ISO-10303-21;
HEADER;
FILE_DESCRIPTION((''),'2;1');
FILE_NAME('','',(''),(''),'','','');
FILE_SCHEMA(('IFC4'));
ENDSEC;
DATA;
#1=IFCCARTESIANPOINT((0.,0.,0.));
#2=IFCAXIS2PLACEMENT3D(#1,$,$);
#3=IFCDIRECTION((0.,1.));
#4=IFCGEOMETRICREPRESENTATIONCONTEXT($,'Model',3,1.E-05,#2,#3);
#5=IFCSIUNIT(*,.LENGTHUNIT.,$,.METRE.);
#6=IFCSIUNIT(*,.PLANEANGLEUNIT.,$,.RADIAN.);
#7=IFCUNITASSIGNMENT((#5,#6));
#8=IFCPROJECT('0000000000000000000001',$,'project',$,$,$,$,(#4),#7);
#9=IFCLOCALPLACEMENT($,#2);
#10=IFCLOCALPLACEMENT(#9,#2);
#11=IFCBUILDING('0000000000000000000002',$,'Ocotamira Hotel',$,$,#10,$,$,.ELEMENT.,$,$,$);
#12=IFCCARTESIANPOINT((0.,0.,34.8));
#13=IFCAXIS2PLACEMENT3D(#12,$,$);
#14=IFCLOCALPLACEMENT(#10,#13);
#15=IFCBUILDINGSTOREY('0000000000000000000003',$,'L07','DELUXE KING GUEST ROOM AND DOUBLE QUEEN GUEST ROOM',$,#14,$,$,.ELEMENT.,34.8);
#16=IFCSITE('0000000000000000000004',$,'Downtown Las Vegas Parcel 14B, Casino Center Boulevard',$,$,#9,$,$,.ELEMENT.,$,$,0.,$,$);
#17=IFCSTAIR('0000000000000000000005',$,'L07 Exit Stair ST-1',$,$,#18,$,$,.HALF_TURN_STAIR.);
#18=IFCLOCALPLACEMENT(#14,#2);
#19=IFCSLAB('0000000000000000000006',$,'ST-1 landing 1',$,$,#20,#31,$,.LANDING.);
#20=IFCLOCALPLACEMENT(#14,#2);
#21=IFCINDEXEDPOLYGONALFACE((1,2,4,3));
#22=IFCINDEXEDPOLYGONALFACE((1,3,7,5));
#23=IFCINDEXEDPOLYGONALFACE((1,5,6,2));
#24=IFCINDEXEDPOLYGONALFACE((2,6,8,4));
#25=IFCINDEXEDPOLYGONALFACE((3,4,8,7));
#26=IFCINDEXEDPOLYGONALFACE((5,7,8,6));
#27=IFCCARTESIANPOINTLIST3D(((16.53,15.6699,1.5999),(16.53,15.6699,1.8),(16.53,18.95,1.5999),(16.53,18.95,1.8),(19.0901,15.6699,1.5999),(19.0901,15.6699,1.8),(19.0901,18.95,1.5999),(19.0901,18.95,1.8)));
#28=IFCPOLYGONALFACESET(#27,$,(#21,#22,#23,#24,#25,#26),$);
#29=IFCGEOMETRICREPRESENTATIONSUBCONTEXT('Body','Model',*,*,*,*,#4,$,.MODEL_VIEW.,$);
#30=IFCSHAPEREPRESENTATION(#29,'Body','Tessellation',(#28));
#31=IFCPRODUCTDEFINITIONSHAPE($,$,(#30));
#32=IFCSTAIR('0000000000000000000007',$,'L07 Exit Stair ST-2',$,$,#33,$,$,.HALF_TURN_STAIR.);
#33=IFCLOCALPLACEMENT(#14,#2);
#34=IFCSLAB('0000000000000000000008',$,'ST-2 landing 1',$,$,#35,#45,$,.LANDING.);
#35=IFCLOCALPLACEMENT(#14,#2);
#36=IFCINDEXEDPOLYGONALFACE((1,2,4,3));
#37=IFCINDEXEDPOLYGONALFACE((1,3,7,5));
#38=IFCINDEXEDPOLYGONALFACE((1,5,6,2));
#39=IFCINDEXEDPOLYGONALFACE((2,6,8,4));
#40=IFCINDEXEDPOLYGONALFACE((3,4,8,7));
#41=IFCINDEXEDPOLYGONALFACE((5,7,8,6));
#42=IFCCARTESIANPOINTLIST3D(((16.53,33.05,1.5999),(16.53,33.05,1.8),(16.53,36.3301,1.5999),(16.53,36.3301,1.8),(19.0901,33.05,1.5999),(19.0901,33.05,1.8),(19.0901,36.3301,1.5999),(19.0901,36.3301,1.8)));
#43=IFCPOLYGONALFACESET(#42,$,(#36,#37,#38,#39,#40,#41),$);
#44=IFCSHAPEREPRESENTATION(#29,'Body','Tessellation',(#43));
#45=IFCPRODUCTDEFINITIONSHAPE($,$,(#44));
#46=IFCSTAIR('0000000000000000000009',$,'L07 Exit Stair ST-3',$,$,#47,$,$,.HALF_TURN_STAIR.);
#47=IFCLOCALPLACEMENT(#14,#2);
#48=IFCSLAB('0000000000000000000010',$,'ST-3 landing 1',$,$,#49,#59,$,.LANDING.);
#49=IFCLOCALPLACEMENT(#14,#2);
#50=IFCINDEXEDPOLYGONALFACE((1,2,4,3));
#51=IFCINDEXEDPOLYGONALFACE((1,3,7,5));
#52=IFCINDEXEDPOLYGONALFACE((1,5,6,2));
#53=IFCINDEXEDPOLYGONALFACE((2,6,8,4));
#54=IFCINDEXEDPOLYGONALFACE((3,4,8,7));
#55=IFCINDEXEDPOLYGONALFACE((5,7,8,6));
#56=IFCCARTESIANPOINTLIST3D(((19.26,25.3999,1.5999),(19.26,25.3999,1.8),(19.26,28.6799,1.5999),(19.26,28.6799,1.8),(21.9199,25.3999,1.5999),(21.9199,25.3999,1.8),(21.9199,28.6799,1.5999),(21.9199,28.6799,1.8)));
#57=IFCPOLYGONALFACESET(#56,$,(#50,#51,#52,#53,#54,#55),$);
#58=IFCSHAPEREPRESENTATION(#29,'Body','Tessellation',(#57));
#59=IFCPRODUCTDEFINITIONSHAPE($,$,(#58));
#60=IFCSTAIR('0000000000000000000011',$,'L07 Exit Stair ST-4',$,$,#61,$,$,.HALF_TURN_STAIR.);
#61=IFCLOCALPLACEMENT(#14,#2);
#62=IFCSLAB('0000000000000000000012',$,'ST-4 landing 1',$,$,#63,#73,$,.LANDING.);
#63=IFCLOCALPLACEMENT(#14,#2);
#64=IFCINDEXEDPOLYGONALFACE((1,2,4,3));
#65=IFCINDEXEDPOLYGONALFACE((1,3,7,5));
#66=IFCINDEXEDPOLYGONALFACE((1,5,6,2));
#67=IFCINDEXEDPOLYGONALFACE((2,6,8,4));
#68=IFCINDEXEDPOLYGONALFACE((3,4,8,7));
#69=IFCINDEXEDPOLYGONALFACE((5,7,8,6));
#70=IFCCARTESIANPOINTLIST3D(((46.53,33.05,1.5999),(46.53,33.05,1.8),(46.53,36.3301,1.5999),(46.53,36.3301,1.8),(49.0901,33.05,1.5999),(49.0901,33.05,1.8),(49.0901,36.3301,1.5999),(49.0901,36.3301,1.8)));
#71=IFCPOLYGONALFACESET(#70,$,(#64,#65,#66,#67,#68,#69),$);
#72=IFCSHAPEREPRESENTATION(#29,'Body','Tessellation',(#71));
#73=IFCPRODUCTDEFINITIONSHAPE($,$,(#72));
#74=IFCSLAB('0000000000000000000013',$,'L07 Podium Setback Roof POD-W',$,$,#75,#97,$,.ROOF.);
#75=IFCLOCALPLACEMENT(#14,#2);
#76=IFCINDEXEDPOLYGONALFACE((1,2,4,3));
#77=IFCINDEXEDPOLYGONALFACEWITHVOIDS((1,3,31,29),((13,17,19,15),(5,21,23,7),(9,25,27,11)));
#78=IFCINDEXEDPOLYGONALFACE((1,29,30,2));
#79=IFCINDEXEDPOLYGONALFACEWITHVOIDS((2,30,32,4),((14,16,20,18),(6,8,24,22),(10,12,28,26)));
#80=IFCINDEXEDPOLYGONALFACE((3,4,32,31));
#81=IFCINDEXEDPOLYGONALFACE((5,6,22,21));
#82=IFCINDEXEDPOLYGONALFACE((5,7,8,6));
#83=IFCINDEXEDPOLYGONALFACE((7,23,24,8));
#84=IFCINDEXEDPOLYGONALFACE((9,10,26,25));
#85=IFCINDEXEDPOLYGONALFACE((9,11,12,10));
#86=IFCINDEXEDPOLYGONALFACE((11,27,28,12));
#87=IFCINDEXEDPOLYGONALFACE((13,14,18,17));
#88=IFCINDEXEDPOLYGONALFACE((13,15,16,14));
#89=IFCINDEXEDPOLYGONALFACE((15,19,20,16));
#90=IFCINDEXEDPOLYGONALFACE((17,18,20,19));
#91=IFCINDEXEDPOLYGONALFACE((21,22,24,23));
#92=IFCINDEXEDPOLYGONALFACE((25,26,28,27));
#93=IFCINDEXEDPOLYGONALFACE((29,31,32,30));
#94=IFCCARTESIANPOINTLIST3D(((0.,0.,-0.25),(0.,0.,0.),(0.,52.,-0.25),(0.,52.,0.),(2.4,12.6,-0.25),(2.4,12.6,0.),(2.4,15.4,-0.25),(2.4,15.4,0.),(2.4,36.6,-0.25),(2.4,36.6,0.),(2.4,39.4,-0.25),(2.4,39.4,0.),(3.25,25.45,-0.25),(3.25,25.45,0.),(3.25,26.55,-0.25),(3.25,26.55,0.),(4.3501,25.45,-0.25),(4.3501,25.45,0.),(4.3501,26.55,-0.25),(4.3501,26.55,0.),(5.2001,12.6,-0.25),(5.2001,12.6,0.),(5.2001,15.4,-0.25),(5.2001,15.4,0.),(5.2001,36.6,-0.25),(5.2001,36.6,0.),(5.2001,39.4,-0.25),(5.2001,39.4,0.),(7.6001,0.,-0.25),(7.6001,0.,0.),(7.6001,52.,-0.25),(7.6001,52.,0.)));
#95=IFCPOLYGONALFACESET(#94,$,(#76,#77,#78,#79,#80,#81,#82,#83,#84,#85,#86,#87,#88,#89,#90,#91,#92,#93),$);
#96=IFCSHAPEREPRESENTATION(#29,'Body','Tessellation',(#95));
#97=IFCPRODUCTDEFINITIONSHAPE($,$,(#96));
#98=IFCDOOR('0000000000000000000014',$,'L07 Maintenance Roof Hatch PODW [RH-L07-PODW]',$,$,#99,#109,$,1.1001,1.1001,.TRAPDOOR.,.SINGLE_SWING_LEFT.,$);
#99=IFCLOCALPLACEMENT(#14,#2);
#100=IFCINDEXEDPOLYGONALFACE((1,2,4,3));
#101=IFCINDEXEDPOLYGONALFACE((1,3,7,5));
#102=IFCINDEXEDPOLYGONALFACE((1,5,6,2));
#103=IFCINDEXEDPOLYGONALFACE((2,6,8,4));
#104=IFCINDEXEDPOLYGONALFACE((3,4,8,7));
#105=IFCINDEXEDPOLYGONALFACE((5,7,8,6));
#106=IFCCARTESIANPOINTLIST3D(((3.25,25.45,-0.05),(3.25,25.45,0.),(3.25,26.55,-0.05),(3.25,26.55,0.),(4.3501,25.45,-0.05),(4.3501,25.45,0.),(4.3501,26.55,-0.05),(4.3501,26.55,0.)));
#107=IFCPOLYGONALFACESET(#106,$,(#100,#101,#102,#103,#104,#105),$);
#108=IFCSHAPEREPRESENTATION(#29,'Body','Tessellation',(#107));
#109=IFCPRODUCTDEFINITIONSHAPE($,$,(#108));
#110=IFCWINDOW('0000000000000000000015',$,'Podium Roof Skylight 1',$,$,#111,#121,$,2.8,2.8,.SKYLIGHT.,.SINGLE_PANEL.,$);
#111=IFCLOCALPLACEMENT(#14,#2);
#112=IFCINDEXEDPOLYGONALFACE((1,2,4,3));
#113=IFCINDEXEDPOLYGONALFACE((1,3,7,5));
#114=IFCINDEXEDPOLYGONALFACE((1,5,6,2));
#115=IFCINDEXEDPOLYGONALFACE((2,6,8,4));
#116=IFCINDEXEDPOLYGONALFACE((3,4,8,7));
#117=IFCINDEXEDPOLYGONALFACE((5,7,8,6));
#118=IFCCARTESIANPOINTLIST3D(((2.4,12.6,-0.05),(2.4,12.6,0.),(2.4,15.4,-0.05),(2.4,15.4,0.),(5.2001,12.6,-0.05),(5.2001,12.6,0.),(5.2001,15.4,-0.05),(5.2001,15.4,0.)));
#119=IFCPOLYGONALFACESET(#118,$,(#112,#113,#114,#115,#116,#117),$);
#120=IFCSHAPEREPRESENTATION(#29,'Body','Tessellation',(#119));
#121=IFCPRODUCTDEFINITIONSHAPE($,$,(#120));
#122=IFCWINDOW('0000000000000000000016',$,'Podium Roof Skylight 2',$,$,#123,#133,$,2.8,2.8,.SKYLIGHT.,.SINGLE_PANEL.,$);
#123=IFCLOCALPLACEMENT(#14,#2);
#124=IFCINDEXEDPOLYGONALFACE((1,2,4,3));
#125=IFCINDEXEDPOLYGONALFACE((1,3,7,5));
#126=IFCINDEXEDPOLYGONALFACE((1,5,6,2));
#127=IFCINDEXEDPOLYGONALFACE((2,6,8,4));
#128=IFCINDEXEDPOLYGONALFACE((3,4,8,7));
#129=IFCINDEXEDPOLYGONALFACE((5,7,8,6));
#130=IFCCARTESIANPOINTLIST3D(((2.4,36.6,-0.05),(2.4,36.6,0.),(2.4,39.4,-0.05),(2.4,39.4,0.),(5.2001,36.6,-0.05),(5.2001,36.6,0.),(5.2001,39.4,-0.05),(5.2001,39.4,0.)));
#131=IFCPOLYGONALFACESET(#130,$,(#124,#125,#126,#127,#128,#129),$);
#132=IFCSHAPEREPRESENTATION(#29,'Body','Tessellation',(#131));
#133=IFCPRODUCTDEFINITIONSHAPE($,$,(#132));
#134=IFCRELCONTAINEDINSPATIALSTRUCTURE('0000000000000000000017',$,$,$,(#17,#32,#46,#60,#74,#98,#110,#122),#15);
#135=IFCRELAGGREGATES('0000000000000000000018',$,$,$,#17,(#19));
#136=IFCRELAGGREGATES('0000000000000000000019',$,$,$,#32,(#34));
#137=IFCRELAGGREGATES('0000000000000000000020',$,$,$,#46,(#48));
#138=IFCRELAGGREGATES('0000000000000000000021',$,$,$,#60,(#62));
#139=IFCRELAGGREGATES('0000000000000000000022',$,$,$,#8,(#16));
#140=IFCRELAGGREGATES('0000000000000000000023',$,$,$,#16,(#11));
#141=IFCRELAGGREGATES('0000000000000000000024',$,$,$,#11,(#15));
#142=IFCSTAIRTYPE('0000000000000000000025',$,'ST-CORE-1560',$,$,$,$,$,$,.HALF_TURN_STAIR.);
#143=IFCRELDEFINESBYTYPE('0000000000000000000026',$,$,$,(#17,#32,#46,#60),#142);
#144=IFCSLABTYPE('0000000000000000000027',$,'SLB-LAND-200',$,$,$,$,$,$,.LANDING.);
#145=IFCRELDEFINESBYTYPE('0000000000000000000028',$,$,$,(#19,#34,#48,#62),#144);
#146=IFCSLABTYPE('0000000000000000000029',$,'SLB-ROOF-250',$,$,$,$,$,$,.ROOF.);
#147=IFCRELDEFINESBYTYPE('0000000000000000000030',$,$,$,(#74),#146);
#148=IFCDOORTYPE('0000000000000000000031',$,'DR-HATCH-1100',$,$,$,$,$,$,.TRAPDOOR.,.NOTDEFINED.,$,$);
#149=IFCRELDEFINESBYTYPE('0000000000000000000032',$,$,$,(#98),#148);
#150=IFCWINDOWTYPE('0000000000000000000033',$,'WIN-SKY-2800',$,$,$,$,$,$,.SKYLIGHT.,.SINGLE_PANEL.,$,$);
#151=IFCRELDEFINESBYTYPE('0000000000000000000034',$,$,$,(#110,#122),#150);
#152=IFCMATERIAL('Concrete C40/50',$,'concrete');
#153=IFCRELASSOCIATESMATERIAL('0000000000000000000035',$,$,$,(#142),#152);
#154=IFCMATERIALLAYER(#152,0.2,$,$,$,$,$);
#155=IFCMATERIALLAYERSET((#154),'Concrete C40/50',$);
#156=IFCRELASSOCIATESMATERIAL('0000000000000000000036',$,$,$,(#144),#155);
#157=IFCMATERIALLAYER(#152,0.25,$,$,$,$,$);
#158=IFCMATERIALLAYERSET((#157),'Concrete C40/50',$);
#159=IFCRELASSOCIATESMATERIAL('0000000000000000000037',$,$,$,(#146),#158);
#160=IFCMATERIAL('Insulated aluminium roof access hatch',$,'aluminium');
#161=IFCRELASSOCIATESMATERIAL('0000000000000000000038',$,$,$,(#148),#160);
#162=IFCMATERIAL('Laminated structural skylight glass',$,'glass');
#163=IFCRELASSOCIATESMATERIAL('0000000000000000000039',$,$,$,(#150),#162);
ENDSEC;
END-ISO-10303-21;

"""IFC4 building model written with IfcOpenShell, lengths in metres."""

from ifc_helpers import new_model, si_unit, direction, frame, origin, origin_2d, place, context, subcontext, project, spatial, polyline, rectangle, outline, extrude, material, layer, layer_set, type_object, element, fill, aggregate, save


model = new_model("IFC4")

# Units and contexts
model_context = context("Model", 3, precision=1e-05, world=origin(), true_north=direction((0.0, 1.0)))
body_context = subcontext(model_context, "Body", "Model", "MODEL_VIEW")
ifc_project = project(units=[si_unit("LENGTHUNIT", "METRE"), si_unit("PLANEANGLEUNIT", "RADIAN")], contexts=[model_context])

# Site, building, storey
site_placement = place(None, origin())
site = spatial("IfcSite", under=ifc_project, at=site_placement, Name="Downtown Las Vegas Parcel 14B, Casino Center Boulevard", CompositionType="ELEMENT", RefElevation=0.0)
building_placement = place(site_placement, origin())
building = spatial("IfcBuilding", under=site, at=building_placement, Name="Ocotamira Hotel", CompositionType="ELEMENT")
storey_placement = place(building_placement, frame((0.0, 0.0, 34.8)))
storey = spatial("IfcBuildingStorey", under=building, at=storey_placement, Name="L07", Description="DELUXE KING GUEST ROOM AND DOUBLE QUEEN GUEST ROOM", CompositionType="ELEMENT", Elevation=34.8)

# Stairs, slabs
ifc_material_1 = material(Name="Concrete C40/50", Category="concrete")
stair_type = type_object("IfcStairType", Name="ST-CORE-1560", PredefinedType="HALF_TURN_STAIR", material=ifc_material_1)
stair_1_placement = place(storey_placement, origin())
stair_1 = element("IfcStair", 1, at=stair_1_placement, inside=storey, type_object=stair_type, Name="L07 Exit Stair ST-1", PredefinedType="HALF_TURN_STAIR")
ifc_layer_1 = layer(ifc_material_1, 0.2)
ifc_layer_set_1 = layer_set([ifc_layer_1], Name="Concrete C40/50")
slab_type_1 = type_object("IfcSlabType", Name="SLB-LAND-200", PredefinedType="LANDING", material=ifc_layer_set_1)
slab_1_placement = place(storey_placement, frame((0.0, 0.0, 1.5999)))
slab_1 = element("IfcSlab", 2, at=slab_1_placement, type_object=slab_type_1, Name="ST-1 landing 1", PredefinedType="LANDING", context=body_context, shape_type="SweptSolid", body=[
    extrude(outline(polyline([(16.53, 15.6699), (19.0901, 15.6699), (19.0901, 18.95), (16.53, 18.95), (16.53, 15.6699)])), origin(), (0.0, 0.0, 1.0), 0.2002),
])
aggregate(stair_1, [slab_1])
stair_2_placement = place(storey_placement, origin())
stair_2 = element("IfcStair", 3, at=stair_2_placement, inside=storey, type_object=stair_type, Name="L07 Exit Stair ST-2", PredefinedType="HALF_TURN_STAIR")
slab_2_placement = place(storey_placement, frame((0.0, 0.0, 1.5999)))
slab_2 = element("IfcSlab", 4, at=slab_2_placement, type_object=slab_type_1, Name="ST-2 landing 1", PredefinedType="LANDING", context=body_context, shape_type="SweptSolid", body=[
    extrude(outline(polyline([(16.53, 33.05), (19.0901, 33.05), (19.0901, 36.3301), (16.53, 36.3301), (16.53, 33.05)])), origin(), (0.0, 0.0, 1.0), 0.2002),
])
aggregate(stair_2, [slab_2])
stair_3_placement = place(storey_placement, origin())
stair_3 = element("IfcStair", 5, at=stair_3_placement, inside=storey, type_object=stair_type, Name="L07 Exit Stair ST-3", PredefinedType="HALF_TURN_STAIR")
slab_3_placement = place(storey_placement, frame((0.0, 0.0, 1.5999)))
slab_3 = element("IfcSlab", 6, at=slab_3_placement, type_object=slab_type_1, Name="ST-3 landing 1", PredefinedType="LANDING", context=body_context, shape_type="SweptSolid", body=[
    extrude(outline(polyline([(19.26, 25.3999), (21.9199, 25.3999), (21.9199, 28.6799), (19.26, 28.6799), (19.26, 25.3999)])), origin(), (0.0, 0.0, 1.0), 0.2002),
])
aggregate(stair_3, [slab_3])
stair_4_placement = place(storey_placement, origin())
stair_4 = element("IfcStair", 7, at=stair_4_placement, inside=storey, type_object=stair_type, Name="L07 Exit Stair ST-4", PredefinedType="HALF_TURN_STAIR")
slab_4_placement = place(storey_placement, frame((0.0, 0.0, 1.5999)))
slab_4 = element("IfcSlab", 8, at=slab_4_placement, type_object=slab_type_1, Name="ST-4 landing 1", PredefinedType="LANDING", context=body_context, shape_type="SweptSolid", body=[
    extrude(outline(polyline([(46.53, 33.05), (49.0901, 33.05), (49.0901, 36.3301), (46.53, 36.3301), (46.53, 33.05)])), origin(), (0.0, 0.0, 1.0), 0.2002),
])
aggregate(stair_4, [slab_4])

# Slab, openings, door, windows
ifc_layer_2 = layer(ifc_material_1, 0.25)
ifc_layer_set_2 = layer_set([ifc_layer_2], Name="Concrete C40/50")
slab_type_2 = type_object("IfcSlabType", Name="SLB-ROOF-250", PredefinedType="ROOF", material=ifc_layer_set_2)
slab_5_placement = place(storey_placement, frame((0.0, 0.0, -0.25)))
slab_5 = element("IfcSlab", 9, at=slab_5_placement, inside=storey, type_object=slab_type_2, Name="L07 Podium Setback Roof POD-W", PredefinedType="ROOF", context=body_context, shape_type="SweptSolid", body=[
    extrude(outline(polyline([(0.0, 0.0), (7.6001, 0.0), (7.6001, 52.0), (0.0, 52.0), (0.0, 0.0)])), origin(), (0.0, 0.0, 1.0), 0.25),
])
opening_1_placement = place(slab_5_placement, frame((3.8, 14.0, 0.0)))
opening_1 = element("IfcOpeningElement", 10, at=opening_1_placement, cuts=slab_5, PredefinedType="OPENING", context=body_context, shape_type="SweptSolid", body=[
    extrude(rectangle(XDim=2.8, YDim=2.8, at=origin_2d()), frame((0.0, 0.0, -0.01)), (0.0, 0.0, 1.0), 0.27),
])
opening_2_placement = place(slab_5_placement, frame((3.8, 38.0, 0.0)))
opening_2 = element("IfcOpeningElement", 11, at=opening_2_placement, cuts=slab_5, PredefinedType="OPENING", context=body_context, shape_type="SweptSolid", body=[
    extrude(rectangle(XDim=2.8, YDim=2.8, at=origin_2d()), frame((0.0, 0.0, -0.01)), (0.0, 0.0, 1.0), 0.27),
])
opening_3_placement = place(slab_5_placement, frame((3.8, 26.0, 0.0)))
opening_3 = element("IfcOpeningElement", 12, at=opening_3_placement, cuts=slab_5, PredefinedType="OPENING", context=body_context, shape_type="SweptSolid", body=[
    extrude(rectangle(XDim=1.1001, YDim=1.1001, at=origin_2d()), frame((0.0, 0.0, -0.01)), (0.0, 0.0, 1.0), 0.27),
])
ifc_material_2 = material(Name="Insulated aluminium roof access hatch", Category="aluminium")
door_type = type_object("IfcDoorType", Name="DR-HATCH-1100", OperationType="NOTDEFINED", PredefinedType="TRAPDOOR", material=ifc_material_2)
door_1_placement = place(opening_3_placement, frame((0.0, 0.0, 0.2)))
door_1 = element("IfcDoor", 13, at=door_1_placement, inside=storey, type_object=door_type, Name="L07 Maintenance Roof Hatch PODW [RH-L07-PODW]", OperationType="SINGLE_SWING_LEFT", OverallHeight=1.1001, OverallWidth=1.1001, PredefinedType="TRAPDOOR", context=body_context, shape_type="SweptSolid", body=[
    extrude(rectangle(XDim=1.1001, YDim=1.1001, at=origin_2d()), origin(), (0.0, 0.0, 1.0), 0.05),
])
fill(opening_3, door_1)
ifc_material_3 = material(Name="Laminated structural skylight glass", Category="glass")
window_type = type_object("IfcWindowType", Name="WIN-SKY-2800", PartitioningType="SINGLE_PANEL", PredefinedType="SKYLIGHT", material=ifc_material_3)
window_1_placement = place(opening_1_placement, frame((0.0, 0.0, 0.2)))
window_1 = element("IfcWindow", 14, at=window_1_placement, inside=storey, type_object=window_type, Name="Podium Roof Skylight 1", OverallHeight=2.8, OverallWidth=2.8, PartitioningType="SINGLE_PANEL", PredefinedType="SKYLIGHT", context=body_context, shape_type="SweptSolid", body=[
    extrude(rectangle(XDim=2.8, YDim=2.8, at=origin_2d()), origin(), (0.0, 0.0, 1.0), 0.05),
])
fill(opening_1, window_1)
window_2_placement = place(opening_2_placement, frame((0.0, 0.0, 0.2)))
window_2 = element("IfcWindow", 15, at=window_2_placement, inside=storey, type_object=window_type, Name="Podium Roof Skylight 2", OverallHeight=2.8, OverallWidth=2.8, PartitioningType="SINGLE_PANEL", PredefinedType="SKYLIGHT", context=body_context, shape_type="SweptSolid", body=[
    extrude(rectangle(XDim=2.8, YDim=2.8, at=origin_2d()), origin(), (0.0, 0.0, 1.0), 0.05),
])
fill(opening_2, window_2)

save(model, "model.ifc")
